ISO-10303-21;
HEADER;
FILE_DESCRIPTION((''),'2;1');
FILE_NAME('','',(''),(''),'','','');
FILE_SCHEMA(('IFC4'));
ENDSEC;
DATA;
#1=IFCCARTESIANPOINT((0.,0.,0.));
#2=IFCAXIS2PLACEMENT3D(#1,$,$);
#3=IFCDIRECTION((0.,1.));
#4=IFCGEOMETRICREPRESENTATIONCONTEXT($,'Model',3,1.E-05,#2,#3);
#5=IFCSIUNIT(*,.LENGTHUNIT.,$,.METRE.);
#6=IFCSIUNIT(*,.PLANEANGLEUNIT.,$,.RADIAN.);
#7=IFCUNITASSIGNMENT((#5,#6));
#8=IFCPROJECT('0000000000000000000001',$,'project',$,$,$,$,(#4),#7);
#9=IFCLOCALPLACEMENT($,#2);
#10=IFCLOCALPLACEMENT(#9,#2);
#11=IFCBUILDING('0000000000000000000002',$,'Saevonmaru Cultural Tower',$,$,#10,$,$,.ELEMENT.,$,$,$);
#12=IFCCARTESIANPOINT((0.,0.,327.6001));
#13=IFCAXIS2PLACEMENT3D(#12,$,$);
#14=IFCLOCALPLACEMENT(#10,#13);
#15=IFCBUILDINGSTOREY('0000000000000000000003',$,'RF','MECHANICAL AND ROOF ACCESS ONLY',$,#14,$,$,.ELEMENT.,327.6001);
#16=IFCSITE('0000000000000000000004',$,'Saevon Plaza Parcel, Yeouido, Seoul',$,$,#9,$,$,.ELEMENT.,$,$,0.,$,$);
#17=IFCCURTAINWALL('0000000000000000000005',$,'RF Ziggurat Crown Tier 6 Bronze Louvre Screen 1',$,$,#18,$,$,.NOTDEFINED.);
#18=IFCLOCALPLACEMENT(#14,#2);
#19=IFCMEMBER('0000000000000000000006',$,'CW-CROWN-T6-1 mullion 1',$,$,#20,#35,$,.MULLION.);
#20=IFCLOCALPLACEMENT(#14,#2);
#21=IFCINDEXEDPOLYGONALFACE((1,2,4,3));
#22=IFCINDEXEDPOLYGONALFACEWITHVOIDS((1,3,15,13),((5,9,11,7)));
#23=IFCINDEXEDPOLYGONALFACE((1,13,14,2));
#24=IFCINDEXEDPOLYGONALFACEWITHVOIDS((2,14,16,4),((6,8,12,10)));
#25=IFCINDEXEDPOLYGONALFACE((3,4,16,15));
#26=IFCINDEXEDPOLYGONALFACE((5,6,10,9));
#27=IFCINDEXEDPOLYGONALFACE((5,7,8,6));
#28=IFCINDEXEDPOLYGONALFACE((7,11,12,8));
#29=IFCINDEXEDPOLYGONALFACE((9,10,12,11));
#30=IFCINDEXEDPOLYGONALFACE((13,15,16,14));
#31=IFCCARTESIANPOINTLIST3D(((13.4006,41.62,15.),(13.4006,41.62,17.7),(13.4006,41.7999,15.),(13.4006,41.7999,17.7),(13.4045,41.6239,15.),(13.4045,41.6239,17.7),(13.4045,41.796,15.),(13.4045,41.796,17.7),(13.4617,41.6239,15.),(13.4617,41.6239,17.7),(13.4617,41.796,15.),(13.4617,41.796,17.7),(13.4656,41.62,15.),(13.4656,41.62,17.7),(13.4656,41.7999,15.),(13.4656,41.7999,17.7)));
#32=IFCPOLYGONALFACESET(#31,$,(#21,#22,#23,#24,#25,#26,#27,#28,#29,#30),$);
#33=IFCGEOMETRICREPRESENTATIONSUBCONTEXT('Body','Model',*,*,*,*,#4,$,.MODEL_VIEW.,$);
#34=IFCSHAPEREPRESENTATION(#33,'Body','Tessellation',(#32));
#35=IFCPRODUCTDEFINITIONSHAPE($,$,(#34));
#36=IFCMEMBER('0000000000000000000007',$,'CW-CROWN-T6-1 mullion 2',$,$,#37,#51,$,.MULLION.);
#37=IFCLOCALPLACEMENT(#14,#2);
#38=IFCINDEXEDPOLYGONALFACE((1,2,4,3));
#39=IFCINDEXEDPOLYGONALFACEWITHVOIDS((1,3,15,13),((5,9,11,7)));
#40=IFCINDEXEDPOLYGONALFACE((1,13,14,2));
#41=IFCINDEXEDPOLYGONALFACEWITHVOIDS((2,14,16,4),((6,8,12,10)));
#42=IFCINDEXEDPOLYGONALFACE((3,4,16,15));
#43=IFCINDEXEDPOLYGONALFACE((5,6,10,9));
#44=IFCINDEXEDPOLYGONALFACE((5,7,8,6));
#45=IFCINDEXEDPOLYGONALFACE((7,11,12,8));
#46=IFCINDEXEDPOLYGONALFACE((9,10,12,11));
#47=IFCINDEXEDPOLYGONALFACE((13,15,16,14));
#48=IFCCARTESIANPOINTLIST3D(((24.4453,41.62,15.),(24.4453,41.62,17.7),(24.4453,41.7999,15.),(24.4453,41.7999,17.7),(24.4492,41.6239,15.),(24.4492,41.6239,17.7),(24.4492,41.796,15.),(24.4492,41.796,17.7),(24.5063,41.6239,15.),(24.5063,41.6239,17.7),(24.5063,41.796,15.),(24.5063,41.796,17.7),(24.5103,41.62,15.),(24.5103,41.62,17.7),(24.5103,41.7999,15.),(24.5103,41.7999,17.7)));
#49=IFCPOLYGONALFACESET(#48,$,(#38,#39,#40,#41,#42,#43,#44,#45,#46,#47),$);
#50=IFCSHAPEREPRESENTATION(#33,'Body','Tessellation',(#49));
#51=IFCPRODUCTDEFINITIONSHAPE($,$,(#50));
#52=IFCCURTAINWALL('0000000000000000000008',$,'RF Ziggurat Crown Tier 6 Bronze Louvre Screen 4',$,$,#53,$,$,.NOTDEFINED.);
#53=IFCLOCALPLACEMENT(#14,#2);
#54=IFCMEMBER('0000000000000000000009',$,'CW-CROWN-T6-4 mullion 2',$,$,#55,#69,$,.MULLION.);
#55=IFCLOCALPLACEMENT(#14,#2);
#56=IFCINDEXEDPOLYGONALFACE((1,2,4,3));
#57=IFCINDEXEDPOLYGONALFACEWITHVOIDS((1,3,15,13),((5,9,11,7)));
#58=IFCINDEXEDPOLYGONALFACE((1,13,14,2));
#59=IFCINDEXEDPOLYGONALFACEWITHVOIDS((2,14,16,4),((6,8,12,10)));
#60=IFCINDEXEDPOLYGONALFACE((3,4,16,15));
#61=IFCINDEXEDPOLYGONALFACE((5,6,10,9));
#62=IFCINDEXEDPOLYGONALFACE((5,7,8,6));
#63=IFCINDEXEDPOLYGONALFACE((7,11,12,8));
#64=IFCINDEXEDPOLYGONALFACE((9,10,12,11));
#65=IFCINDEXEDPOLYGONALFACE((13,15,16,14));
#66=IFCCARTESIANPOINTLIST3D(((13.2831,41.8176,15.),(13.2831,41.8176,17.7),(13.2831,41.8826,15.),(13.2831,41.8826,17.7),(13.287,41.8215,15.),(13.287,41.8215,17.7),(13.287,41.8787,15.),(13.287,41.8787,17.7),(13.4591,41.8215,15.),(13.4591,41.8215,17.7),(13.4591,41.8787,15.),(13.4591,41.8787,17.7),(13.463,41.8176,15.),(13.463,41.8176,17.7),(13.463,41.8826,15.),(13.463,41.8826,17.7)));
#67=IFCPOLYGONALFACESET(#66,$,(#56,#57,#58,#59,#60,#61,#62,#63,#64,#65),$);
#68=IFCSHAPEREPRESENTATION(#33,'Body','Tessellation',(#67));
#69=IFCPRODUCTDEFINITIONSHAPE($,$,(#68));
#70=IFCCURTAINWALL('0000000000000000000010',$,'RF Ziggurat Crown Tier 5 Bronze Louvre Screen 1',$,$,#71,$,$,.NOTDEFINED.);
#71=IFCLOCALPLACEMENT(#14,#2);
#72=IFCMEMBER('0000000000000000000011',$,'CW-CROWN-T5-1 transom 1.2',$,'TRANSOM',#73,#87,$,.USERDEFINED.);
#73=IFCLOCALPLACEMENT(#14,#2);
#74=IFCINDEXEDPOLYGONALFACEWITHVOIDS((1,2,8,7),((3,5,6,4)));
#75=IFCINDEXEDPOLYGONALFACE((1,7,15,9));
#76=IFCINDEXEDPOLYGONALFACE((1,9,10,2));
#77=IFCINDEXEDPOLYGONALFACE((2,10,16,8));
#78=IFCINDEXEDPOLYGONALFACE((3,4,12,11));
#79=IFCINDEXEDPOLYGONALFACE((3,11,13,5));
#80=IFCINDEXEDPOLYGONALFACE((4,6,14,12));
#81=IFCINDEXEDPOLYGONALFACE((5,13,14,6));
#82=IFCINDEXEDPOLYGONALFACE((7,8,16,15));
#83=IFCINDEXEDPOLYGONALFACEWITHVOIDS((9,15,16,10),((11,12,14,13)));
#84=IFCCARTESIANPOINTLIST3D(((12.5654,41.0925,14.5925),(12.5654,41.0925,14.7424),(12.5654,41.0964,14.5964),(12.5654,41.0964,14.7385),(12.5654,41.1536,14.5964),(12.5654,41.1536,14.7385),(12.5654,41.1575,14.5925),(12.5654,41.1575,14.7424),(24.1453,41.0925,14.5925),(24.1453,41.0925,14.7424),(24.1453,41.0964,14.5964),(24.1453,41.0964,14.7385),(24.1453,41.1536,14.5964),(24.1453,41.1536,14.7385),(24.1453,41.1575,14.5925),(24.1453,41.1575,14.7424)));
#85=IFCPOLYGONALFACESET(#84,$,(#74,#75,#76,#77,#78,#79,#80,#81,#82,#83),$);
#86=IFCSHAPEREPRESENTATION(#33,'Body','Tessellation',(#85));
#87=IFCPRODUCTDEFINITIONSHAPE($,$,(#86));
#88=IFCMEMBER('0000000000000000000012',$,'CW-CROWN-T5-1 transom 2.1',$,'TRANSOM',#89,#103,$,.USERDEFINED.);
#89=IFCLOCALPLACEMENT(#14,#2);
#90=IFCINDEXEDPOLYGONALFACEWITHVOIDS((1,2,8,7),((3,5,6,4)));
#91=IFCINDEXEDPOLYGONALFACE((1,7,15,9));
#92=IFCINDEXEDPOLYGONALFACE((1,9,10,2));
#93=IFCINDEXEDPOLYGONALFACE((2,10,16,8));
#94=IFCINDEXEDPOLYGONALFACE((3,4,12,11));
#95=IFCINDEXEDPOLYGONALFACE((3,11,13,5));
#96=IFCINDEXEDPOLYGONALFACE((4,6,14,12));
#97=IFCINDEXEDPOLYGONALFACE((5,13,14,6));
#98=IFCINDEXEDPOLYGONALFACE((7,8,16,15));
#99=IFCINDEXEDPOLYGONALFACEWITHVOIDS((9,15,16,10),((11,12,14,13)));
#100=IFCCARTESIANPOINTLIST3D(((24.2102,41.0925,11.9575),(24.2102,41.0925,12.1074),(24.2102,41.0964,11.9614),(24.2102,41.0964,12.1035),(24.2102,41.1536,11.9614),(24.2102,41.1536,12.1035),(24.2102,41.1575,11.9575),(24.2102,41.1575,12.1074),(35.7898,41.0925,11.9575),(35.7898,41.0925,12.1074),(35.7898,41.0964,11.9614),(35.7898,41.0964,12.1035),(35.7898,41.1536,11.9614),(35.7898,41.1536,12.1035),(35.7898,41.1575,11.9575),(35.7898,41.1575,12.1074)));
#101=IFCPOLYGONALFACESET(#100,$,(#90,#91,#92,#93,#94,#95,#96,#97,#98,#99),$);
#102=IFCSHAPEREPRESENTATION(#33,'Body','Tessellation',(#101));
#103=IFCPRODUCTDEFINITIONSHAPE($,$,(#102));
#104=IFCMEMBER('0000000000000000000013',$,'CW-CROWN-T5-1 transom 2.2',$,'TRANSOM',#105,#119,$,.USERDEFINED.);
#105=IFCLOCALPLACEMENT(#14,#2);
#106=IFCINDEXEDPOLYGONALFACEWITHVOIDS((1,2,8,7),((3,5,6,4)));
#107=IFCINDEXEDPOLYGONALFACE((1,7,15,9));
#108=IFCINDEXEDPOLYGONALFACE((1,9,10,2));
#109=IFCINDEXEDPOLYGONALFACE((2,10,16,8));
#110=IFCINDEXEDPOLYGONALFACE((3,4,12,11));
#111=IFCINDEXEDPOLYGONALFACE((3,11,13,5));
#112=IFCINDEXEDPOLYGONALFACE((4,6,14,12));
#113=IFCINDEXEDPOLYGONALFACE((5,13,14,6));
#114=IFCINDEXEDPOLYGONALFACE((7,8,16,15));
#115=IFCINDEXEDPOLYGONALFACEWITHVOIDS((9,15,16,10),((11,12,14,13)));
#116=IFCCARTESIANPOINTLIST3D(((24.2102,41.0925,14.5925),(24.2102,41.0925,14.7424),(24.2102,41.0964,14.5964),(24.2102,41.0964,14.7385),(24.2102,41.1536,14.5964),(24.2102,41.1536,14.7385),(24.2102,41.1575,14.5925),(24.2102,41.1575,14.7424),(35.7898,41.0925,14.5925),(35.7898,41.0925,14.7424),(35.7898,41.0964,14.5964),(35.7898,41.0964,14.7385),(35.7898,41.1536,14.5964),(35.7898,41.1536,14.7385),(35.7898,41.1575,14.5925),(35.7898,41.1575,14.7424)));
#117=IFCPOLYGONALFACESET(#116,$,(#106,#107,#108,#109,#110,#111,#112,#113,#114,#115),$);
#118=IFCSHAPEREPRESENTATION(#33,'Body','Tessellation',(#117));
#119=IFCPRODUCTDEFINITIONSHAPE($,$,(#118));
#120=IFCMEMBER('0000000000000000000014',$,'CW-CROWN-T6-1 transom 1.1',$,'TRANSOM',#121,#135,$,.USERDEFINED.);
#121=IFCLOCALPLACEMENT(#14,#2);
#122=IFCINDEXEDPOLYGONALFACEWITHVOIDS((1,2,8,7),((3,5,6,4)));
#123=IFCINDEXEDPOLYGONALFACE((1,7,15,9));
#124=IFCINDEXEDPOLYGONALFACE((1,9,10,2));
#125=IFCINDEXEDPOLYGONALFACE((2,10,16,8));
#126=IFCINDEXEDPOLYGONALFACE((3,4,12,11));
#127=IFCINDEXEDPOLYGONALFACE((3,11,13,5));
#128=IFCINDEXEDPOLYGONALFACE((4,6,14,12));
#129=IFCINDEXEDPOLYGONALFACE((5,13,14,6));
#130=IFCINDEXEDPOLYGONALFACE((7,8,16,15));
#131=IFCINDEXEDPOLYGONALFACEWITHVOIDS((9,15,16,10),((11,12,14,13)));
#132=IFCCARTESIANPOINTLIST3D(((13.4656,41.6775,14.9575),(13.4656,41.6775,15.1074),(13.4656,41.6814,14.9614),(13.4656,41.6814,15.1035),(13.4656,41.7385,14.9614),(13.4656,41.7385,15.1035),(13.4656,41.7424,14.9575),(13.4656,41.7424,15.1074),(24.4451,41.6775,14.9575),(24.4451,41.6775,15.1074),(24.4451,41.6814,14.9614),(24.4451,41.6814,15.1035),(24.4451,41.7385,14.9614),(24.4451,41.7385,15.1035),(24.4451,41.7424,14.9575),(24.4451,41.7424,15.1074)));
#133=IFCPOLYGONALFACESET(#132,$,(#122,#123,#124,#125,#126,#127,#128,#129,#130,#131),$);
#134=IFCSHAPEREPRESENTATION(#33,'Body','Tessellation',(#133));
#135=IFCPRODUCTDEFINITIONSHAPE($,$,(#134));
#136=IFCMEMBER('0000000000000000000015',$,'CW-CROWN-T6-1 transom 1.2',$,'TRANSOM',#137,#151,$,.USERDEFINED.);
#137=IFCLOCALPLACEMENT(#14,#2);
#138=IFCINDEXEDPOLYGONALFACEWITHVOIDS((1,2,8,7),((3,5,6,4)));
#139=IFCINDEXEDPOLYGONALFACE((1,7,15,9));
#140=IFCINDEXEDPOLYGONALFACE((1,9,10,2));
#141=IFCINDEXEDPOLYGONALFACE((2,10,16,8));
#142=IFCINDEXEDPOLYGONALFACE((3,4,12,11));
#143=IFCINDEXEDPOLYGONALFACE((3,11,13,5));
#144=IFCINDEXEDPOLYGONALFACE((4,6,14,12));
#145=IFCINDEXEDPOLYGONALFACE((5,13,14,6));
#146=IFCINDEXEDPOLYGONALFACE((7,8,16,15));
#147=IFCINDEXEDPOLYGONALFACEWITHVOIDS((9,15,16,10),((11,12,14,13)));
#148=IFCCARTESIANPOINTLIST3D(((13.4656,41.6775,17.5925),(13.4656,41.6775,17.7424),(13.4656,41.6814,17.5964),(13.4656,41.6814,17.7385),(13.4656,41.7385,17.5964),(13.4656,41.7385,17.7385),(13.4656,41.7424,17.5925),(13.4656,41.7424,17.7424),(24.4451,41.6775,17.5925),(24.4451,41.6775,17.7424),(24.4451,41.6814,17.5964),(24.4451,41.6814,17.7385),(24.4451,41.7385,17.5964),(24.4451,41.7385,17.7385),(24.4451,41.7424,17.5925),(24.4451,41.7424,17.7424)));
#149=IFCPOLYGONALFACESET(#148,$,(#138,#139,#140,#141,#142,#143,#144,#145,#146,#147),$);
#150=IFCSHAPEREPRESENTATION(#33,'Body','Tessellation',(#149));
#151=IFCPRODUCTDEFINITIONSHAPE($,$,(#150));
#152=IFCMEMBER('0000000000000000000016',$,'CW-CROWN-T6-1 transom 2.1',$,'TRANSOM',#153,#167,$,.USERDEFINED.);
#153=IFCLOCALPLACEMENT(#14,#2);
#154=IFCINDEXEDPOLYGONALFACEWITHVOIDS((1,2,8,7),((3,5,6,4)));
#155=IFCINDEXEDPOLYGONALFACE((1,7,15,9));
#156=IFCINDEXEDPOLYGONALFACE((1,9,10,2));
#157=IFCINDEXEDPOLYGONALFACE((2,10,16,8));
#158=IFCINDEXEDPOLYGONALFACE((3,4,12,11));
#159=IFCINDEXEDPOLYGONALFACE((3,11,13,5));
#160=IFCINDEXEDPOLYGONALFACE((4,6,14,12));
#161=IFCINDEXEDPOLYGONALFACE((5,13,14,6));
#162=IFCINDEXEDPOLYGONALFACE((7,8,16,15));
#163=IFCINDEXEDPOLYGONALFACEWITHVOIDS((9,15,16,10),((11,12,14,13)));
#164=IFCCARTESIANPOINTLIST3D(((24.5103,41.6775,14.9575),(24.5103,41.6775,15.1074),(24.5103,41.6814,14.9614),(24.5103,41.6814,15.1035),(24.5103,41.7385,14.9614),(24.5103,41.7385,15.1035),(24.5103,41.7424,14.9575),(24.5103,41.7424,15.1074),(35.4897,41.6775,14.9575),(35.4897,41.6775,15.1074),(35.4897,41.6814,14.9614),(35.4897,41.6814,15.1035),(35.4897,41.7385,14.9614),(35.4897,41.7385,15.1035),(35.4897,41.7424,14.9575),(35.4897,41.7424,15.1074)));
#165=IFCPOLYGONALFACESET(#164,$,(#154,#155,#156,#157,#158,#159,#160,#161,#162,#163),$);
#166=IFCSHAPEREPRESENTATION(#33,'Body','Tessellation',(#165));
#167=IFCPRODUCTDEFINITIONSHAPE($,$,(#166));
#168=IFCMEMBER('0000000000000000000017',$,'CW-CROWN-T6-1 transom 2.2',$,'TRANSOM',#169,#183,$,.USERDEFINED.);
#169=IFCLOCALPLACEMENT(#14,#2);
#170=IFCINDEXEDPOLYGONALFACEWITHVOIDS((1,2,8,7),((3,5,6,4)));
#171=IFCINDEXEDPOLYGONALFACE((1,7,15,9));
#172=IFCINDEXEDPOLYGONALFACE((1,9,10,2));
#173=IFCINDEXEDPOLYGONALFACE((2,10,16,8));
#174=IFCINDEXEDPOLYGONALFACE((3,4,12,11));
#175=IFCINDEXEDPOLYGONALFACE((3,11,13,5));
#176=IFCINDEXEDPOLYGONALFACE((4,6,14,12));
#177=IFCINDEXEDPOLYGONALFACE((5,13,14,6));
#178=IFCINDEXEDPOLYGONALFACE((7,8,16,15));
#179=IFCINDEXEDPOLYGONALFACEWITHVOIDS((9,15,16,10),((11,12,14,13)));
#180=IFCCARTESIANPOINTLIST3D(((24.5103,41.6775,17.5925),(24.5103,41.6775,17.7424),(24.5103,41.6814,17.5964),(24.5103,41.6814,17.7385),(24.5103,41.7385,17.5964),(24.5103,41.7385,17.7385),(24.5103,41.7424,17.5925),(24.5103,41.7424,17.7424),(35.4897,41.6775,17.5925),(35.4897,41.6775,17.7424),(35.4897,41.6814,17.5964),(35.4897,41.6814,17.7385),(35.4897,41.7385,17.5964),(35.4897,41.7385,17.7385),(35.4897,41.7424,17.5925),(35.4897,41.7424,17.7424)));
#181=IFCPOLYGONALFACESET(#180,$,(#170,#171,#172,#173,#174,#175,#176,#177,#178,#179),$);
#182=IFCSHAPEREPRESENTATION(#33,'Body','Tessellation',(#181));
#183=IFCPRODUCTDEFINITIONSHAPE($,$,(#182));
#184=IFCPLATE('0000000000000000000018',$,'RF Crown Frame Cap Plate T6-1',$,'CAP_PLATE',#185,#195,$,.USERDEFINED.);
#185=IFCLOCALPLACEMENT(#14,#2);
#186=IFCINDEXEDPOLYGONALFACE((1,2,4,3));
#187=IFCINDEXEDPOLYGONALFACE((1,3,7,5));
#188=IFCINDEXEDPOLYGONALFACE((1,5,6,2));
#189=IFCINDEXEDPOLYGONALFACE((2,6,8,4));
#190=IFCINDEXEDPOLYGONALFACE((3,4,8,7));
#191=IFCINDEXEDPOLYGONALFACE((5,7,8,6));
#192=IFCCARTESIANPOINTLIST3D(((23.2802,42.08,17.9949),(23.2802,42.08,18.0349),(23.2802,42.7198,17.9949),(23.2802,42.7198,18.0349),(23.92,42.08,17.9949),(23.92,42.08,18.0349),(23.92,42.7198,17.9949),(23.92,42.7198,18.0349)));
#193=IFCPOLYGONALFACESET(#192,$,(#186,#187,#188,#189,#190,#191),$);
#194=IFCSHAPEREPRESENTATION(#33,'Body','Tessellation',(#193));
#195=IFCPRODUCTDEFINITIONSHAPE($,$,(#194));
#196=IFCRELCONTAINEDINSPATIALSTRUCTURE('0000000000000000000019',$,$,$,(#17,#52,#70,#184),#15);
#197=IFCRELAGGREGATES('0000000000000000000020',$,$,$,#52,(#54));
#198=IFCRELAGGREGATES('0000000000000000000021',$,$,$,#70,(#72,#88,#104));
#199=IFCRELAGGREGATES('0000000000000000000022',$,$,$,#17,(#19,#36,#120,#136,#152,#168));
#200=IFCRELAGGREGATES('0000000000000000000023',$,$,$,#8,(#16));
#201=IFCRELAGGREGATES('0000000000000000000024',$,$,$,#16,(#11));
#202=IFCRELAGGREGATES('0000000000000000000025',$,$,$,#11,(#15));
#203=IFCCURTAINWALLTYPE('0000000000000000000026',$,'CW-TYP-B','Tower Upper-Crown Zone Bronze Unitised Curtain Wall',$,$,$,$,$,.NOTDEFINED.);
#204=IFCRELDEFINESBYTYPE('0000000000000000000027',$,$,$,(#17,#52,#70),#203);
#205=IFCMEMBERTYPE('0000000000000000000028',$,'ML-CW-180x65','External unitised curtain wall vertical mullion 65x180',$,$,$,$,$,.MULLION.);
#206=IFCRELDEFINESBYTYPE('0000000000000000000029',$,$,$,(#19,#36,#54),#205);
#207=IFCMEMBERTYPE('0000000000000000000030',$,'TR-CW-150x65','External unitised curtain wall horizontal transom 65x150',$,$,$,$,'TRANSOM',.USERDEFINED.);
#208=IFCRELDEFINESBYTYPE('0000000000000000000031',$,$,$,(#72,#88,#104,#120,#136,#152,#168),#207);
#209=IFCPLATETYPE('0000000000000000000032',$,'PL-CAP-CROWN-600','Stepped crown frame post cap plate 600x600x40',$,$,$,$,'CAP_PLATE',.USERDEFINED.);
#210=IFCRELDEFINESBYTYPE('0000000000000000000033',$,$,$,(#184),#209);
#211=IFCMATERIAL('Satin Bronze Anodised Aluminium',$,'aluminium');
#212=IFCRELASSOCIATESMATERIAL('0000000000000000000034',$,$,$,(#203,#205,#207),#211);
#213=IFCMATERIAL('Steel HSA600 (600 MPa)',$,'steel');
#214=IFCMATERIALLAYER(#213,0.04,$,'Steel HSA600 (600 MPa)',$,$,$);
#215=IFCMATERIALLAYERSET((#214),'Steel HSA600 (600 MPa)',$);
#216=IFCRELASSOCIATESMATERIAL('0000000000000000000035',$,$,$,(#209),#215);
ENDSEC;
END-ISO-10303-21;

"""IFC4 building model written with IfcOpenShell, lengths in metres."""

from ifc_helpers import new_model, si_unit, direction, frame, origin, origin_2d, place, context, subcontext, project, spatial, rectangle, hollow_rectangle, extrude, material, layer, layer_set, material_profile, profile_set, type_object, element, aggregate, save


model = new_model("IFC4")

# Units and contexts
model_context = context("Model", 3, precision=1e-05, world=origin(), true_north=direction((0.0, 1.0)))
body_context = subcontext(model_context, "Body", "Model", "MODEL_VIEW")
ifc_project = project(units=[si_unit("LENGTHUNIT", "METRE"), si_unit("PLANEANGLEUNIT", "RADIAN")], contexts=[model_context])

# Site, building, storey
site_placement = place(None, origin())
site = spatial("IfcSite", under=ifc_project, at=site_placement, Name="Saevon Plaza Parcel, Yeouido, Seoul", CompositionType="ELEMENT", RefElevation=0.0)
building_placement = place(site_placement, origin())
building = spatial("IfcBuilding", under=site, at=building_placement, Name="Saevonmaru Cultural Tower", CompositionType="ELEMENT")
storey_placement = place(building_placement, frame((0.0, 0.0, 327.6001)))
storey = spatial("IfcBuildingStorey", under=building, at=storey_placement, Name="RF", Description="MECHANICAL AND ROOF ACCESS ONLY", CompositionType="ELEMENT", Elevation=327.6001)

# Shared definitions
ifc_material_1 = material(Name="Satin Bronze Anodised Aluminium", Category="aluminium")
curtain_wall_type = type_object("IfcCurtainWallType", Name="CW-TYP-B", Description="Tower Upper-Crown Zone Bronze Unitised Curtain Wall", PredefinedType="NOTDEFINED", material=ifc_material_1)
ifc_material_profile_1 = material_profile(ifc_material_1, hollow_rectangle(XDim=0.0649, YDim=0.1799, WallThickness=0.0039, at=origin_2d()), Name="ALU-MULL-180x65x4")
ifc_profile_set_1 = profile_set([ifc_material_profile_1], Name="Satin Bronze Anodised Aluminium")
member_type_1 = type_object("IfcMemberType", Name="ML-CW-180x65", Description="External unitised curtain wall vertical mullion 65x180", PredefinedType="MULLION", material=ifc_profile_set_1)

# Curtain wall, members
curtain_wall_1_placement = place(storey_placement, origin())
curtain_wall_1 = element("IfcCurtainWall", 1, at=curtain_wall_1_placement, inside=storey, type_object=curtain_wall_type, Name="RF Ziggurat Crown Tier 6 Bronze Louvre Screen 1", PredefinedType="NOTDEFINED")
member_1_placement = place(storey_placement, frame((13.4331, 41.71, 15.0), z_axis=(0.0, 0.0, 1.0), x_axis=(1.0, 0.0, 0.0)))
member_1 = element("IfcMember", 2, at=member_1_placement, type_object=member_type_1, Name="CW-CROWN-T6-1 mullion 1", PredefinedType="MULLION", context=body_context, shape_type="SweptSolid", body=[
    extrude(hollow_rectangle(XDim=0.0649, YDim=0.1799, WallThickness=0.0039, at=origin_2d()), origin(), (0.0, 0.0, 1.0), 2.7),
])
member_2_placement = place(storey_placement, frame((24.4778, 41.71, 15.0), z_axis=(0.0, 0.0, 1.0), x_axis=(1.0, 0.0, 0.0)))
member_2 = element("IfcMember", 3, at=member_2_placement, type_object=member_type_1, Name="CW-CROWN-T6-1 mullion 2", PredefinedType="MULLION", context=body_context, shape_type="SweptSolid", body=[
    extrude(hollow_rectangle(XDim=0.0649, YDim=0.1799, WallThickness=0.0039, at=origin_2d()), origin(), (0.0, 0.0, 1.0), 2.7),
])

# Curtain wall, member
curtain_wall_2_placement = place(storey_placement, origin())
curtain_wall_2 = element("IfcCurtainWall", 4, at=curtain_wall_2_placement, inside=storey, type_object=curtain_wall_type, Name="RF Ziggurat Crown Tier 6 Bronze Louvre Screen 4", PredefinedType="NOTDEFINED")
member_3_placement = place(storey_placement, frame((13.373, 41.8501, 15.0), z_axis=(0.0, 0.0, 1.0), x_axis=(0.0, -1.0, 0.0)))
member_3 = element("IfcMember", 5, at=member_3_placement, type_object=member_type_1, Name="CW-CROWN-T6-4 mullion 2", PredefinedType="MULLION", context=body_context, shape_type="SweptSolid", body=[
    extrude(hollow_rectangle(XDim=0.0649, YDim=0.1799, WallThickness=0.0039, at=origin_2d()), origin(), (0.0, 0.0, 1.0), 2.7),
])
aggregate(curtain_wall_2, [member_3])

# Curtain wall, members
curtain_wall_3_placement = place(storey_placement, origin())
curtain_wall_3 = element("IfcCurtainWall", 6, at=curtain_wall_3_placement, inside=storey, type_object=curtain_wall_type, Name="RF Ziggurat Crown Tier 5 Bronze Louvre Screen 1", PredefinedType="NOTDEFINED")
ifc_material_profile_2 = material_profile(ifc_material_1, hollow_rectangle(XDim=0.0649, YDim=0.1499, WallThickness=0.0039, at=origin_2d()), Name="ALU-TRAN-150x65x4")
ifc_profile_set_2 = profile_set([ifc_material_profile_2], Name="Satin Bronze Anodised Aluminium")
member_type_2 = type_object("IfcMemberType", Name="TR-CW-150x65", Description="External unitised curtain wall horizontal transom 65x150", ElementType="TRANSOM", PredefinedType="USERDEFINED", material=ifc_profile_set_2)
member_4_placement = place(storey_placement, frame((12.5654, 41.125, 14.6675), z_axis=(1.0, 0.0, 0.0), x_axis=(0.0, 1.0, 0.0)))
member_4 = element("IfcMember", 7, at=member_4_placement, type_object=member_type_2, Name="CW-CROWN-T5-1 transom 1.2", ObjectType="TRANSOM", PredefinedType="USERDEFINED", context=body_context, shape_type="SweptSolid", body=[
    extrude(hollow_rectangle(XDim=0.0649, YDim=0.1499, WallThickness=0.0039, at=origin_2d()), origin(), (0.0, 0.0, 1.0), 11.5798),
])
member_5_placement = place(storey_placement, frame((24.2102, 41.125, 12.0325), z_axis=(1.0, 0.0, 0.0), x_axis=(0.0, 1.0, 0.0)))
member_5 = element("IfcMember", 8, at=member_5_placement, type_object=member_type_2, Name="CW-CROWN-T5-1 transom 2.1", ObjectType="TRANSOM", PredefinedType="USERDEFINED", context=body_context, shape_type="SweptSolid", body=[
    extrude(hollow_rectangle(XDim=0.0649, YDim=0.1499, WallThickness=0.0039, at=origin_2d()), origin(), (0.0, 0.0, 1.0), 11.5796),
])
member_6_placement = place(storey_placement, frame((24.2102, 41.125, 14.6675), z_axis=(1.0, 0.0, 0.0), x_axis=(0.0, 1.0, 0.0)))
member_6 = element("IfcMember", 9, at=member_6_placement, type_object=member_type_2, Name="CW-CROWN-T5-1 transom 2.2", ObjectType="TRANSOM", PredefinedType="USERDEFINED", context=body_context, shape_type="SweptSolid", body=[
    extrude(hollow_rectangle(XDim=0.0649, YDim=0.1499, WallThickness=0.0039, at=origin_2d()), origin(), (0.0, 0.0, 1.0), 11.5796),
])

# Members
member_7_placement = place(storey_placement, frame((13.4656, 41.71, 15.0325), z_axis=(1.0, 0.0, 0.0), x_axis=(0.0, 1.0, 0.0)))
member_7 = element("IfcMember", 10, at=member_7_placement, type_object=member_type_2, Name="CW-CROWN-T6-1 transom 1.1", ObjectType="TRANSOM", PredefinedType="USERDEFINED", context=body_context, shape_type="SweptSolid", body=[
    extrude(hollow_rectangle(XDim=0.0649, YDim=0.1499, WallThickness=0.0039, at=origin_2d()), origin(), (0.0, 0.0, 1.0), 10.9795),
])
member_8_placement = place(storey_placement, frame((13.4656, 41.71, 17.6675), z_axis=(1.0, 0.0, 0.0), x_axis=(0.0, 1.0, 0.0)))
member_8 = element("IfcMember", 11, at=member_8_placement, type_object=member_type_2, Name="CW-CROWN-T6-1 transom 1.2", ObjectType="TRANSOM", PredefinedType="USERDEFINED", context=body_context, shape_type="SweptSolid", body=[
    extrude(hollow_rectangle(XDim=0.0649, YDim=0.1499, WallThickness=0.0039, at=origin_2d()), origin(), (0.0, 0.0, 1.0), 10.9795),
])
member_9_placement = place(storey_placement, frame((24.5103, 41.71, 15.0325), z_axis=(1.0, 0.0, 0.0), x_axis=(0.0, 1.0, 0.0)))
member_9 = element("IfcMember", 12, at=member_9_placement, type_object=member_type_2, Name="CW-CROWN-T6-1 transom 2.1", ObjectType="TRANSOM", PredefinedType="USERDEFINED", context=body_context, shape_type="SweptSolid", body=[
    extrude(hollow_rectangle(XDim=0.0649, YDim=0.1499, WallThickness=0.0039, at=origin_2d()), origin(), (0.0, 0.0, 1.0), 10.9795),
])
member_10_placement = place(storey_placement, frame((24.5103, 41.71, 17.6675), z_axis=(1.0, 0.0, 0.0), x_axis=(0.0, 1.0, 0.0)))
member_10 = element("IfcMember", 13, at=member_10_placement, type_object=member_type_2, Name="CW-CROWN-T6-1 transom 2.2", ObjectType="TRANSOM", PredefinedType="USERDEFINED", context=body_context, shape_type="SweptSolid", body=[
    extrude(hollow_rectangle(XDim=0.0649, YDim=0.1499, WallThickness=0.0039, at=origin_2d()), origin(), (0.0, 0.0, 1.0), 10.9795),
])

# Plate
ifc_material_2 = material(Name="Steel HSA600 (600 MPa)", Category="steel")
ifc_layer_1 = layer(ifc_material_2, 0.04, Name="Steel HSA600 (600 MPa)")
ifc_layer_set_1 = layer_set([ifc_layer_1], Name="Steel HSA600 (600 MPa)")
plate_type_1 = type_object("IfcPlateType", Name="PL-CAP-CROWN-600", Description="Stepped crown frame post cap plate 600x600x40", ElementType="CAP_PLATE", PredefinedType="USERDEFINED", material=ifc_layer_set_1)
plate_1_placement = place(storey_placement, frame((23.6001, 42.3999, 17.9949), z_axis=(0.0, 0.0, 1.0), x_axis=(1.0, 0.0, 0.0)))
element("IfcPlate", 14, at=plate_1_placement, inside=storey, type_object=plate_type_1, Name="RF Crown Frame Cap Plate T6-1", ObjectType="CAP_PLATE", PredefinedType="USERDEFINED", context=body_context, shape_type="SweptSolid", body=[
    extrude(rectangle(XDim=0.6399, YDim=0.6399, at=origin_2d()), origin(), (0.0, 0.0, 1.0), 0.04),
])

aggregate(curtain_wall_3, [member_4, member_5, member_6])
aggregate(curtain_wall_1, [member_1, member_2, member_7, member_8, member_9, member_10])

save(model, "model.ifc")
